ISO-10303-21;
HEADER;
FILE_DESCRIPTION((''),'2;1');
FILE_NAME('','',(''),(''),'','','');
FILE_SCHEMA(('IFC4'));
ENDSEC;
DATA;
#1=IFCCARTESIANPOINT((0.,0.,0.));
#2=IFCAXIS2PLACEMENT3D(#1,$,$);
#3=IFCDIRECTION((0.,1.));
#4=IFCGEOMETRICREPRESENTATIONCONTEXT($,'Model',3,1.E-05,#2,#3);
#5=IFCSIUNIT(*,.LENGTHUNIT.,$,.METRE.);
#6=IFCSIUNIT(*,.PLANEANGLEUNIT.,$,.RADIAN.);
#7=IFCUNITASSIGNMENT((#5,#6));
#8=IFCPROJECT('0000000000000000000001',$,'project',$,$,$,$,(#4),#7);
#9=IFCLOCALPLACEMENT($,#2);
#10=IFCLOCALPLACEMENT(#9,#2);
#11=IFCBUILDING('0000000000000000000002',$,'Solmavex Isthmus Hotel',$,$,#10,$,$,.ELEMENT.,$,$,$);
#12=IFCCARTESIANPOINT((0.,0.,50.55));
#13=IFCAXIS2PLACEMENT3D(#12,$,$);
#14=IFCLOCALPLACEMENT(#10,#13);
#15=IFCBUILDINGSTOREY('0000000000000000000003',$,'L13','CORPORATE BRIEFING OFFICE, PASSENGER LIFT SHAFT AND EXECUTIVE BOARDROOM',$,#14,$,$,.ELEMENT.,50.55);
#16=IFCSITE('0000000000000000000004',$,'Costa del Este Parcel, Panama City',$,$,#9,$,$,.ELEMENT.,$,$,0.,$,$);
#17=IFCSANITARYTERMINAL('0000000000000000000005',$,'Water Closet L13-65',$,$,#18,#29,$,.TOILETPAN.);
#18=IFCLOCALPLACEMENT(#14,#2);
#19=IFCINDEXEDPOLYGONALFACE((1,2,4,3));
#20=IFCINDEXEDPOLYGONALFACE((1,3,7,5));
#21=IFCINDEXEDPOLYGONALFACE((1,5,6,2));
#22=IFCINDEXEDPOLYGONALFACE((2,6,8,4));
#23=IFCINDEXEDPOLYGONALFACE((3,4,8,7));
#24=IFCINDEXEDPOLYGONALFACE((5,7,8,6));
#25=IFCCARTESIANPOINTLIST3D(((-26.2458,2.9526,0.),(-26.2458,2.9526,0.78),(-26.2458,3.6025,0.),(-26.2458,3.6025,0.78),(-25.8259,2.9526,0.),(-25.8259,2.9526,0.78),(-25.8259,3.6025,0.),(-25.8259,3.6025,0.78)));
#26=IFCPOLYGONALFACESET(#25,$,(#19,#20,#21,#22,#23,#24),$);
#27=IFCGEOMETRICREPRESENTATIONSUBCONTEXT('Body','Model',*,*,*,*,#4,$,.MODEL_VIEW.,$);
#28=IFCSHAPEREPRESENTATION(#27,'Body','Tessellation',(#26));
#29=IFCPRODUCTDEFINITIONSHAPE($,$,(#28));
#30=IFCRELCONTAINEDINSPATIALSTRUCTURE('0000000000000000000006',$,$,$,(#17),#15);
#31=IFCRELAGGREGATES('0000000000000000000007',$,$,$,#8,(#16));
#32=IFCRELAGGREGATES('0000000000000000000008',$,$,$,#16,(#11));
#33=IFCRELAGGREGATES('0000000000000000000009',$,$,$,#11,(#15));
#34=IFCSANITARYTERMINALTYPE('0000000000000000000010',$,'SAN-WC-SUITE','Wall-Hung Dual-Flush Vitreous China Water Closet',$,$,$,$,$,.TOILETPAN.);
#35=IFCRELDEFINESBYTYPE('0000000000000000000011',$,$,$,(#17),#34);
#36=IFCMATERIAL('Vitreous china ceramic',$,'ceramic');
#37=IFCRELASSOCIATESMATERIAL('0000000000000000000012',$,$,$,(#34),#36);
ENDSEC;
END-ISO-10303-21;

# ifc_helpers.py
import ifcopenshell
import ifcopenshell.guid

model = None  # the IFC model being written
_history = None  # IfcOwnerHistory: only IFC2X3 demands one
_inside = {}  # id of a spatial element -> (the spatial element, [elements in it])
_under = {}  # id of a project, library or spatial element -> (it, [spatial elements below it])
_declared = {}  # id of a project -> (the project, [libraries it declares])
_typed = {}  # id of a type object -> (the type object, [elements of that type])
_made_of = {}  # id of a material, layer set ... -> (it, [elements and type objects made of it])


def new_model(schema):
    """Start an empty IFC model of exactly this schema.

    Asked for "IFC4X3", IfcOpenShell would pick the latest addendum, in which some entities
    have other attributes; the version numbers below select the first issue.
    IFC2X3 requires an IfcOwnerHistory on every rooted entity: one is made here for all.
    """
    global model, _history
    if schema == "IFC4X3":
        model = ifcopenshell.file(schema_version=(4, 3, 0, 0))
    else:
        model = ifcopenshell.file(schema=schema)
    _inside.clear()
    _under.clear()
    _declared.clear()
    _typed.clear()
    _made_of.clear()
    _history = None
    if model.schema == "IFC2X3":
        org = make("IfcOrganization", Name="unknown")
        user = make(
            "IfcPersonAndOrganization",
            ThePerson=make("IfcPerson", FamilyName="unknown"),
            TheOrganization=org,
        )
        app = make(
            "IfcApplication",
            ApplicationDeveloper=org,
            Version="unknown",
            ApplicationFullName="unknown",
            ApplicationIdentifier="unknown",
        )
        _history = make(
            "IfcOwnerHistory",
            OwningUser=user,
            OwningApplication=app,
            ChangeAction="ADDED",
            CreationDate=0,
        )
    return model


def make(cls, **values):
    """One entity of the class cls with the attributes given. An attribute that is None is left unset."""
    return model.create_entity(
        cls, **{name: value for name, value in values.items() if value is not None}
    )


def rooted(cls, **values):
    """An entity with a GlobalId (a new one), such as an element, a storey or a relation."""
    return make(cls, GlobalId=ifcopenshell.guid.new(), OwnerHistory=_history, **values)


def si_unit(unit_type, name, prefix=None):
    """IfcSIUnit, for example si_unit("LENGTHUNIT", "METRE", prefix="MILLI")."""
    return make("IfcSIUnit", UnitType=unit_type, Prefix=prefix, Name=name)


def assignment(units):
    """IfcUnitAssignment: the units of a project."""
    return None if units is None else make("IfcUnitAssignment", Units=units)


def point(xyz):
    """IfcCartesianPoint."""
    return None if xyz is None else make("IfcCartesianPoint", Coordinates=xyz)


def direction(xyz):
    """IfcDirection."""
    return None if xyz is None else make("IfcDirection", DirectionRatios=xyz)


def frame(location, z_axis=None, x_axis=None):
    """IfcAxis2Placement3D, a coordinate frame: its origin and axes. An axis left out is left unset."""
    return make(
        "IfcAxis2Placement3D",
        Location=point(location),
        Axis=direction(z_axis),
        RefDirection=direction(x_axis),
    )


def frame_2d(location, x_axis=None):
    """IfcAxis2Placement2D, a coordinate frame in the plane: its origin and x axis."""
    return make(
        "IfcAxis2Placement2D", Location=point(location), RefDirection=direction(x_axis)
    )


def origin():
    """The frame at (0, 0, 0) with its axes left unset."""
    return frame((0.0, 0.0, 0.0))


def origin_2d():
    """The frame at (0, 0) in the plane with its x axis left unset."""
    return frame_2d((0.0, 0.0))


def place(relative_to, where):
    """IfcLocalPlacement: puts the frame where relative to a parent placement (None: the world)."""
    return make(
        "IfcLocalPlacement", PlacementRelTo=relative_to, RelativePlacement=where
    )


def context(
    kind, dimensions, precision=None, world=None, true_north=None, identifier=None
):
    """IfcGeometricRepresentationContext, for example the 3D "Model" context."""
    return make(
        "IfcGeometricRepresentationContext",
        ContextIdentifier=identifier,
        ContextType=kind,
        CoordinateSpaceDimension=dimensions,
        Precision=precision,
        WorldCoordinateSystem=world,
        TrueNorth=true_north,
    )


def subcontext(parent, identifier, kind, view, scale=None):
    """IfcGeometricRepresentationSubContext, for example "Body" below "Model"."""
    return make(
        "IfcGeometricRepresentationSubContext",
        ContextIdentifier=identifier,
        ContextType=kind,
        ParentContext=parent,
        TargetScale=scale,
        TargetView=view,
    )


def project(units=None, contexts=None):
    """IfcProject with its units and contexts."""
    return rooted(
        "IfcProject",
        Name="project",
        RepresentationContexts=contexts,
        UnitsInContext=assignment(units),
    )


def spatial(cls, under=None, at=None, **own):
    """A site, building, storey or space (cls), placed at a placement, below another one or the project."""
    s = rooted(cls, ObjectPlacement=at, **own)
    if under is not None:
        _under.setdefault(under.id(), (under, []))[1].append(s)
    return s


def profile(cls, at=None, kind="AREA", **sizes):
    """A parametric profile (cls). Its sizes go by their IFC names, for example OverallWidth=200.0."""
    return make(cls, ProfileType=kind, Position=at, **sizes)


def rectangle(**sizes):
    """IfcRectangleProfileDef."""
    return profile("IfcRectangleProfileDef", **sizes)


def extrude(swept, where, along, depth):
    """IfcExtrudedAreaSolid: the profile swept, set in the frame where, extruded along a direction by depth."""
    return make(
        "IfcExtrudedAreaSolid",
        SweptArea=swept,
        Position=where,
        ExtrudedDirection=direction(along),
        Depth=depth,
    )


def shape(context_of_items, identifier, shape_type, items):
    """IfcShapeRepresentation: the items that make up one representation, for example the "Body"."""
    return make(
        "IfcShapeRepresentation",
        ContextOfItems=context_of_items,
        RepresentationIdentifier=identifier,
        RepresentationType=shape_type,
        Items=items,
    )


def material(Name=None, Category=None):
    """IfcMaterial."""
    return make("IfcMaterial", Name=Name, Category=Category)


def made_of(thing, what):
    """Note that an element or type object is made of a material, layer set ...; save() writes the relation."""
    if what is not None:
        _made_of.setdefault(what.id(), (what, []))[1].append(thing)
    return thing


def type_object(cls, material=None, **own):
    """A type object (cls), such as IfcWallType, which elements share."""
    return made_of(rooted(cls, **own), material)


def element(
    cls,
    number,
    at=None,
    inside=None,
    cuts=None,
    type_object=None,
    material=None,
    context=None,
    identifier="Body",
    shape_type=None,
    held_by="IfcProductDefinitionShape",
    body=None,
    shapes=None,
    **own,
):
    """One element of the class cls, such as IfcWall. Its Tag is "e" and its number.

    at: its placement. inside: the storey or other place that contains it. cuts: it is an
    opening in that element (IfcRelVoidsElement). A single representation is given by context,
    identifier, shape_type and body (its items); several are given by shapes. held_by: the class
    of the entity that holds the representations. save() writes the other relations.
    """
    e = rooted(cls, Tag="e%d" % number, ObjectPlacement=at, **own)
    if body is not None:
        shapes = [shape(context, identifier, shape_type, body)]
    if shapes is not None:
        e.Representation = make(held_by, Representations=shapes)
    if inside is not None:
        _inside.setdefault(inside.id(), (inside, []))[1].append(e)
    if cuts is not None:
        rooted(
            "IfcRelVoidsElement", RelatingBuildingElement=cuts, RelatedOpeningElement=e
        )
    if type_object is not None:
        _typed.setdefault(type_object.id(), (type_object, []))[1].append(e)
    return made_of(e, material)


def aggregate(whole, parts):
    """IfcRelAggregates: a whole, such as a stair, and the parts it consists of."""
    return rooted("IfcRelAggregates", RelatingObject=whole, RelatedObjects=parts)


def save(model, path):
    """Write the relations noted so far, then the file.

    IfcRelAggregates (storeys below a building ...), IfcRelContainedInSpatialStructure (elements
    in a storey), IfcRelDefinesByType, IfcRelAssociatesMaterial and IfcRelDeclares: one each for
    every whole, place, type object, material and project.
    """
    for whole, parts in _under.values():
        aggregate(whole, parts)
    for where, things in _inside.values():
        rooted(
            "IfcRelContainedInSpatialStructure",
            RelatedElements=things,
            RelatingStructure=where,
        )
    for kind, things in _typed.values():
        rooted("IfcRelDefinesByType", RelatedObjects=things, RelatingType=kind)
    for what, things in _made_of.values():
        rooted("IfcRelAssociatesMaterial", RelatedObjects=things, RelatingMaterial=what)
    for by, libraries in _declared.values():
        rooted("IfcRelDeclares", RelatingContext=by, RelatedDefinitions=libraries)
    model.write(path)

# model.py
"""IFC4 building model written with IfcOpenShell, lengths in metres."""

from ifc_helpers import new_model, si_unit, direction, frame, origin, origin_2d, place, context, subcontext, project, spatial, rectangle, extrude, material, type_object, element, save


model = new_model("IFC4")

# Units and contexts
model_context = context("Model", 3, precision=1e-05, world=origin(), true_north=direction((0.0, 1.0)))
body_context = subcontext(model_context, "Body", "Model", "MODEL_VIEW")
ifc_project = project(units=[si_unit("LENGTHUNIT", "METRE"), si_unit("PLANEANGLEUNIT", "RADIAN")], contexts=[model_context])

# Site, building, storey
site_placement = place(None, origin())
site = spatial("IfcSite", under=ifc_project, at=site_placement, Name="Costa del Este Parcel, Panama City", CompositionType="ELEMENT", RefElevation=0.0)
building_placement = place(site_placement, origin())
building = spatial("IfcBuilding", under=site, at=building_placement, Name="Solmavex Isthmus Hotel", CompositionType="ELEMENT")
storey_placement = place(building_placement, frame((0.0, 0.0, 50.55)))
storey = spatial("IfcBuildingStorey", under=building, at=storey_placement, Name="L13", Description="CORPORATE BRIEFING OFFICE, PASSENGER LIFT SHAFT AND EXECUTIVE BOARDROOM", CompositionType="ELEMENT", Elevation=50.55)

# Sanitary terminal
ifc_material_1 = material(Name="Vitreous china ceramic", Category="ceramic")
sanitary_terminal_type_1 = type_object("IfcSanitaryTerminalType", Name="SAN-WC-SUITE", Description="Wall-Hung Dual-Flush Vitreous China Water Closet", PredefinedType="TOILETPAN", material=ifc_material_1)
sanitary_terminal_1_placement = place(storey_placement, frame((-26.0359, 3.2776, 0.0), z_axis=(0.0, 0.0, 1.0), x_axis=(1.0, 0.0, 0.0)))
element("IfcSanitaryTerminal", 1, at=sanitary_terminal_1_placement, inside=storey, type_object=sanitary_terminal_type_1, Name="Water Closet L13-65", PredefinedType="TOILETPAN", context=body_context, shape_type="SweptSolid", body=[
    extrude(rectangle(XDim=0.4199, YDim=0.6499, at=origin_2d()), origin(), (0.0, 0.0, 1.0), 0.78),
])

save(model, "model.ifc")
